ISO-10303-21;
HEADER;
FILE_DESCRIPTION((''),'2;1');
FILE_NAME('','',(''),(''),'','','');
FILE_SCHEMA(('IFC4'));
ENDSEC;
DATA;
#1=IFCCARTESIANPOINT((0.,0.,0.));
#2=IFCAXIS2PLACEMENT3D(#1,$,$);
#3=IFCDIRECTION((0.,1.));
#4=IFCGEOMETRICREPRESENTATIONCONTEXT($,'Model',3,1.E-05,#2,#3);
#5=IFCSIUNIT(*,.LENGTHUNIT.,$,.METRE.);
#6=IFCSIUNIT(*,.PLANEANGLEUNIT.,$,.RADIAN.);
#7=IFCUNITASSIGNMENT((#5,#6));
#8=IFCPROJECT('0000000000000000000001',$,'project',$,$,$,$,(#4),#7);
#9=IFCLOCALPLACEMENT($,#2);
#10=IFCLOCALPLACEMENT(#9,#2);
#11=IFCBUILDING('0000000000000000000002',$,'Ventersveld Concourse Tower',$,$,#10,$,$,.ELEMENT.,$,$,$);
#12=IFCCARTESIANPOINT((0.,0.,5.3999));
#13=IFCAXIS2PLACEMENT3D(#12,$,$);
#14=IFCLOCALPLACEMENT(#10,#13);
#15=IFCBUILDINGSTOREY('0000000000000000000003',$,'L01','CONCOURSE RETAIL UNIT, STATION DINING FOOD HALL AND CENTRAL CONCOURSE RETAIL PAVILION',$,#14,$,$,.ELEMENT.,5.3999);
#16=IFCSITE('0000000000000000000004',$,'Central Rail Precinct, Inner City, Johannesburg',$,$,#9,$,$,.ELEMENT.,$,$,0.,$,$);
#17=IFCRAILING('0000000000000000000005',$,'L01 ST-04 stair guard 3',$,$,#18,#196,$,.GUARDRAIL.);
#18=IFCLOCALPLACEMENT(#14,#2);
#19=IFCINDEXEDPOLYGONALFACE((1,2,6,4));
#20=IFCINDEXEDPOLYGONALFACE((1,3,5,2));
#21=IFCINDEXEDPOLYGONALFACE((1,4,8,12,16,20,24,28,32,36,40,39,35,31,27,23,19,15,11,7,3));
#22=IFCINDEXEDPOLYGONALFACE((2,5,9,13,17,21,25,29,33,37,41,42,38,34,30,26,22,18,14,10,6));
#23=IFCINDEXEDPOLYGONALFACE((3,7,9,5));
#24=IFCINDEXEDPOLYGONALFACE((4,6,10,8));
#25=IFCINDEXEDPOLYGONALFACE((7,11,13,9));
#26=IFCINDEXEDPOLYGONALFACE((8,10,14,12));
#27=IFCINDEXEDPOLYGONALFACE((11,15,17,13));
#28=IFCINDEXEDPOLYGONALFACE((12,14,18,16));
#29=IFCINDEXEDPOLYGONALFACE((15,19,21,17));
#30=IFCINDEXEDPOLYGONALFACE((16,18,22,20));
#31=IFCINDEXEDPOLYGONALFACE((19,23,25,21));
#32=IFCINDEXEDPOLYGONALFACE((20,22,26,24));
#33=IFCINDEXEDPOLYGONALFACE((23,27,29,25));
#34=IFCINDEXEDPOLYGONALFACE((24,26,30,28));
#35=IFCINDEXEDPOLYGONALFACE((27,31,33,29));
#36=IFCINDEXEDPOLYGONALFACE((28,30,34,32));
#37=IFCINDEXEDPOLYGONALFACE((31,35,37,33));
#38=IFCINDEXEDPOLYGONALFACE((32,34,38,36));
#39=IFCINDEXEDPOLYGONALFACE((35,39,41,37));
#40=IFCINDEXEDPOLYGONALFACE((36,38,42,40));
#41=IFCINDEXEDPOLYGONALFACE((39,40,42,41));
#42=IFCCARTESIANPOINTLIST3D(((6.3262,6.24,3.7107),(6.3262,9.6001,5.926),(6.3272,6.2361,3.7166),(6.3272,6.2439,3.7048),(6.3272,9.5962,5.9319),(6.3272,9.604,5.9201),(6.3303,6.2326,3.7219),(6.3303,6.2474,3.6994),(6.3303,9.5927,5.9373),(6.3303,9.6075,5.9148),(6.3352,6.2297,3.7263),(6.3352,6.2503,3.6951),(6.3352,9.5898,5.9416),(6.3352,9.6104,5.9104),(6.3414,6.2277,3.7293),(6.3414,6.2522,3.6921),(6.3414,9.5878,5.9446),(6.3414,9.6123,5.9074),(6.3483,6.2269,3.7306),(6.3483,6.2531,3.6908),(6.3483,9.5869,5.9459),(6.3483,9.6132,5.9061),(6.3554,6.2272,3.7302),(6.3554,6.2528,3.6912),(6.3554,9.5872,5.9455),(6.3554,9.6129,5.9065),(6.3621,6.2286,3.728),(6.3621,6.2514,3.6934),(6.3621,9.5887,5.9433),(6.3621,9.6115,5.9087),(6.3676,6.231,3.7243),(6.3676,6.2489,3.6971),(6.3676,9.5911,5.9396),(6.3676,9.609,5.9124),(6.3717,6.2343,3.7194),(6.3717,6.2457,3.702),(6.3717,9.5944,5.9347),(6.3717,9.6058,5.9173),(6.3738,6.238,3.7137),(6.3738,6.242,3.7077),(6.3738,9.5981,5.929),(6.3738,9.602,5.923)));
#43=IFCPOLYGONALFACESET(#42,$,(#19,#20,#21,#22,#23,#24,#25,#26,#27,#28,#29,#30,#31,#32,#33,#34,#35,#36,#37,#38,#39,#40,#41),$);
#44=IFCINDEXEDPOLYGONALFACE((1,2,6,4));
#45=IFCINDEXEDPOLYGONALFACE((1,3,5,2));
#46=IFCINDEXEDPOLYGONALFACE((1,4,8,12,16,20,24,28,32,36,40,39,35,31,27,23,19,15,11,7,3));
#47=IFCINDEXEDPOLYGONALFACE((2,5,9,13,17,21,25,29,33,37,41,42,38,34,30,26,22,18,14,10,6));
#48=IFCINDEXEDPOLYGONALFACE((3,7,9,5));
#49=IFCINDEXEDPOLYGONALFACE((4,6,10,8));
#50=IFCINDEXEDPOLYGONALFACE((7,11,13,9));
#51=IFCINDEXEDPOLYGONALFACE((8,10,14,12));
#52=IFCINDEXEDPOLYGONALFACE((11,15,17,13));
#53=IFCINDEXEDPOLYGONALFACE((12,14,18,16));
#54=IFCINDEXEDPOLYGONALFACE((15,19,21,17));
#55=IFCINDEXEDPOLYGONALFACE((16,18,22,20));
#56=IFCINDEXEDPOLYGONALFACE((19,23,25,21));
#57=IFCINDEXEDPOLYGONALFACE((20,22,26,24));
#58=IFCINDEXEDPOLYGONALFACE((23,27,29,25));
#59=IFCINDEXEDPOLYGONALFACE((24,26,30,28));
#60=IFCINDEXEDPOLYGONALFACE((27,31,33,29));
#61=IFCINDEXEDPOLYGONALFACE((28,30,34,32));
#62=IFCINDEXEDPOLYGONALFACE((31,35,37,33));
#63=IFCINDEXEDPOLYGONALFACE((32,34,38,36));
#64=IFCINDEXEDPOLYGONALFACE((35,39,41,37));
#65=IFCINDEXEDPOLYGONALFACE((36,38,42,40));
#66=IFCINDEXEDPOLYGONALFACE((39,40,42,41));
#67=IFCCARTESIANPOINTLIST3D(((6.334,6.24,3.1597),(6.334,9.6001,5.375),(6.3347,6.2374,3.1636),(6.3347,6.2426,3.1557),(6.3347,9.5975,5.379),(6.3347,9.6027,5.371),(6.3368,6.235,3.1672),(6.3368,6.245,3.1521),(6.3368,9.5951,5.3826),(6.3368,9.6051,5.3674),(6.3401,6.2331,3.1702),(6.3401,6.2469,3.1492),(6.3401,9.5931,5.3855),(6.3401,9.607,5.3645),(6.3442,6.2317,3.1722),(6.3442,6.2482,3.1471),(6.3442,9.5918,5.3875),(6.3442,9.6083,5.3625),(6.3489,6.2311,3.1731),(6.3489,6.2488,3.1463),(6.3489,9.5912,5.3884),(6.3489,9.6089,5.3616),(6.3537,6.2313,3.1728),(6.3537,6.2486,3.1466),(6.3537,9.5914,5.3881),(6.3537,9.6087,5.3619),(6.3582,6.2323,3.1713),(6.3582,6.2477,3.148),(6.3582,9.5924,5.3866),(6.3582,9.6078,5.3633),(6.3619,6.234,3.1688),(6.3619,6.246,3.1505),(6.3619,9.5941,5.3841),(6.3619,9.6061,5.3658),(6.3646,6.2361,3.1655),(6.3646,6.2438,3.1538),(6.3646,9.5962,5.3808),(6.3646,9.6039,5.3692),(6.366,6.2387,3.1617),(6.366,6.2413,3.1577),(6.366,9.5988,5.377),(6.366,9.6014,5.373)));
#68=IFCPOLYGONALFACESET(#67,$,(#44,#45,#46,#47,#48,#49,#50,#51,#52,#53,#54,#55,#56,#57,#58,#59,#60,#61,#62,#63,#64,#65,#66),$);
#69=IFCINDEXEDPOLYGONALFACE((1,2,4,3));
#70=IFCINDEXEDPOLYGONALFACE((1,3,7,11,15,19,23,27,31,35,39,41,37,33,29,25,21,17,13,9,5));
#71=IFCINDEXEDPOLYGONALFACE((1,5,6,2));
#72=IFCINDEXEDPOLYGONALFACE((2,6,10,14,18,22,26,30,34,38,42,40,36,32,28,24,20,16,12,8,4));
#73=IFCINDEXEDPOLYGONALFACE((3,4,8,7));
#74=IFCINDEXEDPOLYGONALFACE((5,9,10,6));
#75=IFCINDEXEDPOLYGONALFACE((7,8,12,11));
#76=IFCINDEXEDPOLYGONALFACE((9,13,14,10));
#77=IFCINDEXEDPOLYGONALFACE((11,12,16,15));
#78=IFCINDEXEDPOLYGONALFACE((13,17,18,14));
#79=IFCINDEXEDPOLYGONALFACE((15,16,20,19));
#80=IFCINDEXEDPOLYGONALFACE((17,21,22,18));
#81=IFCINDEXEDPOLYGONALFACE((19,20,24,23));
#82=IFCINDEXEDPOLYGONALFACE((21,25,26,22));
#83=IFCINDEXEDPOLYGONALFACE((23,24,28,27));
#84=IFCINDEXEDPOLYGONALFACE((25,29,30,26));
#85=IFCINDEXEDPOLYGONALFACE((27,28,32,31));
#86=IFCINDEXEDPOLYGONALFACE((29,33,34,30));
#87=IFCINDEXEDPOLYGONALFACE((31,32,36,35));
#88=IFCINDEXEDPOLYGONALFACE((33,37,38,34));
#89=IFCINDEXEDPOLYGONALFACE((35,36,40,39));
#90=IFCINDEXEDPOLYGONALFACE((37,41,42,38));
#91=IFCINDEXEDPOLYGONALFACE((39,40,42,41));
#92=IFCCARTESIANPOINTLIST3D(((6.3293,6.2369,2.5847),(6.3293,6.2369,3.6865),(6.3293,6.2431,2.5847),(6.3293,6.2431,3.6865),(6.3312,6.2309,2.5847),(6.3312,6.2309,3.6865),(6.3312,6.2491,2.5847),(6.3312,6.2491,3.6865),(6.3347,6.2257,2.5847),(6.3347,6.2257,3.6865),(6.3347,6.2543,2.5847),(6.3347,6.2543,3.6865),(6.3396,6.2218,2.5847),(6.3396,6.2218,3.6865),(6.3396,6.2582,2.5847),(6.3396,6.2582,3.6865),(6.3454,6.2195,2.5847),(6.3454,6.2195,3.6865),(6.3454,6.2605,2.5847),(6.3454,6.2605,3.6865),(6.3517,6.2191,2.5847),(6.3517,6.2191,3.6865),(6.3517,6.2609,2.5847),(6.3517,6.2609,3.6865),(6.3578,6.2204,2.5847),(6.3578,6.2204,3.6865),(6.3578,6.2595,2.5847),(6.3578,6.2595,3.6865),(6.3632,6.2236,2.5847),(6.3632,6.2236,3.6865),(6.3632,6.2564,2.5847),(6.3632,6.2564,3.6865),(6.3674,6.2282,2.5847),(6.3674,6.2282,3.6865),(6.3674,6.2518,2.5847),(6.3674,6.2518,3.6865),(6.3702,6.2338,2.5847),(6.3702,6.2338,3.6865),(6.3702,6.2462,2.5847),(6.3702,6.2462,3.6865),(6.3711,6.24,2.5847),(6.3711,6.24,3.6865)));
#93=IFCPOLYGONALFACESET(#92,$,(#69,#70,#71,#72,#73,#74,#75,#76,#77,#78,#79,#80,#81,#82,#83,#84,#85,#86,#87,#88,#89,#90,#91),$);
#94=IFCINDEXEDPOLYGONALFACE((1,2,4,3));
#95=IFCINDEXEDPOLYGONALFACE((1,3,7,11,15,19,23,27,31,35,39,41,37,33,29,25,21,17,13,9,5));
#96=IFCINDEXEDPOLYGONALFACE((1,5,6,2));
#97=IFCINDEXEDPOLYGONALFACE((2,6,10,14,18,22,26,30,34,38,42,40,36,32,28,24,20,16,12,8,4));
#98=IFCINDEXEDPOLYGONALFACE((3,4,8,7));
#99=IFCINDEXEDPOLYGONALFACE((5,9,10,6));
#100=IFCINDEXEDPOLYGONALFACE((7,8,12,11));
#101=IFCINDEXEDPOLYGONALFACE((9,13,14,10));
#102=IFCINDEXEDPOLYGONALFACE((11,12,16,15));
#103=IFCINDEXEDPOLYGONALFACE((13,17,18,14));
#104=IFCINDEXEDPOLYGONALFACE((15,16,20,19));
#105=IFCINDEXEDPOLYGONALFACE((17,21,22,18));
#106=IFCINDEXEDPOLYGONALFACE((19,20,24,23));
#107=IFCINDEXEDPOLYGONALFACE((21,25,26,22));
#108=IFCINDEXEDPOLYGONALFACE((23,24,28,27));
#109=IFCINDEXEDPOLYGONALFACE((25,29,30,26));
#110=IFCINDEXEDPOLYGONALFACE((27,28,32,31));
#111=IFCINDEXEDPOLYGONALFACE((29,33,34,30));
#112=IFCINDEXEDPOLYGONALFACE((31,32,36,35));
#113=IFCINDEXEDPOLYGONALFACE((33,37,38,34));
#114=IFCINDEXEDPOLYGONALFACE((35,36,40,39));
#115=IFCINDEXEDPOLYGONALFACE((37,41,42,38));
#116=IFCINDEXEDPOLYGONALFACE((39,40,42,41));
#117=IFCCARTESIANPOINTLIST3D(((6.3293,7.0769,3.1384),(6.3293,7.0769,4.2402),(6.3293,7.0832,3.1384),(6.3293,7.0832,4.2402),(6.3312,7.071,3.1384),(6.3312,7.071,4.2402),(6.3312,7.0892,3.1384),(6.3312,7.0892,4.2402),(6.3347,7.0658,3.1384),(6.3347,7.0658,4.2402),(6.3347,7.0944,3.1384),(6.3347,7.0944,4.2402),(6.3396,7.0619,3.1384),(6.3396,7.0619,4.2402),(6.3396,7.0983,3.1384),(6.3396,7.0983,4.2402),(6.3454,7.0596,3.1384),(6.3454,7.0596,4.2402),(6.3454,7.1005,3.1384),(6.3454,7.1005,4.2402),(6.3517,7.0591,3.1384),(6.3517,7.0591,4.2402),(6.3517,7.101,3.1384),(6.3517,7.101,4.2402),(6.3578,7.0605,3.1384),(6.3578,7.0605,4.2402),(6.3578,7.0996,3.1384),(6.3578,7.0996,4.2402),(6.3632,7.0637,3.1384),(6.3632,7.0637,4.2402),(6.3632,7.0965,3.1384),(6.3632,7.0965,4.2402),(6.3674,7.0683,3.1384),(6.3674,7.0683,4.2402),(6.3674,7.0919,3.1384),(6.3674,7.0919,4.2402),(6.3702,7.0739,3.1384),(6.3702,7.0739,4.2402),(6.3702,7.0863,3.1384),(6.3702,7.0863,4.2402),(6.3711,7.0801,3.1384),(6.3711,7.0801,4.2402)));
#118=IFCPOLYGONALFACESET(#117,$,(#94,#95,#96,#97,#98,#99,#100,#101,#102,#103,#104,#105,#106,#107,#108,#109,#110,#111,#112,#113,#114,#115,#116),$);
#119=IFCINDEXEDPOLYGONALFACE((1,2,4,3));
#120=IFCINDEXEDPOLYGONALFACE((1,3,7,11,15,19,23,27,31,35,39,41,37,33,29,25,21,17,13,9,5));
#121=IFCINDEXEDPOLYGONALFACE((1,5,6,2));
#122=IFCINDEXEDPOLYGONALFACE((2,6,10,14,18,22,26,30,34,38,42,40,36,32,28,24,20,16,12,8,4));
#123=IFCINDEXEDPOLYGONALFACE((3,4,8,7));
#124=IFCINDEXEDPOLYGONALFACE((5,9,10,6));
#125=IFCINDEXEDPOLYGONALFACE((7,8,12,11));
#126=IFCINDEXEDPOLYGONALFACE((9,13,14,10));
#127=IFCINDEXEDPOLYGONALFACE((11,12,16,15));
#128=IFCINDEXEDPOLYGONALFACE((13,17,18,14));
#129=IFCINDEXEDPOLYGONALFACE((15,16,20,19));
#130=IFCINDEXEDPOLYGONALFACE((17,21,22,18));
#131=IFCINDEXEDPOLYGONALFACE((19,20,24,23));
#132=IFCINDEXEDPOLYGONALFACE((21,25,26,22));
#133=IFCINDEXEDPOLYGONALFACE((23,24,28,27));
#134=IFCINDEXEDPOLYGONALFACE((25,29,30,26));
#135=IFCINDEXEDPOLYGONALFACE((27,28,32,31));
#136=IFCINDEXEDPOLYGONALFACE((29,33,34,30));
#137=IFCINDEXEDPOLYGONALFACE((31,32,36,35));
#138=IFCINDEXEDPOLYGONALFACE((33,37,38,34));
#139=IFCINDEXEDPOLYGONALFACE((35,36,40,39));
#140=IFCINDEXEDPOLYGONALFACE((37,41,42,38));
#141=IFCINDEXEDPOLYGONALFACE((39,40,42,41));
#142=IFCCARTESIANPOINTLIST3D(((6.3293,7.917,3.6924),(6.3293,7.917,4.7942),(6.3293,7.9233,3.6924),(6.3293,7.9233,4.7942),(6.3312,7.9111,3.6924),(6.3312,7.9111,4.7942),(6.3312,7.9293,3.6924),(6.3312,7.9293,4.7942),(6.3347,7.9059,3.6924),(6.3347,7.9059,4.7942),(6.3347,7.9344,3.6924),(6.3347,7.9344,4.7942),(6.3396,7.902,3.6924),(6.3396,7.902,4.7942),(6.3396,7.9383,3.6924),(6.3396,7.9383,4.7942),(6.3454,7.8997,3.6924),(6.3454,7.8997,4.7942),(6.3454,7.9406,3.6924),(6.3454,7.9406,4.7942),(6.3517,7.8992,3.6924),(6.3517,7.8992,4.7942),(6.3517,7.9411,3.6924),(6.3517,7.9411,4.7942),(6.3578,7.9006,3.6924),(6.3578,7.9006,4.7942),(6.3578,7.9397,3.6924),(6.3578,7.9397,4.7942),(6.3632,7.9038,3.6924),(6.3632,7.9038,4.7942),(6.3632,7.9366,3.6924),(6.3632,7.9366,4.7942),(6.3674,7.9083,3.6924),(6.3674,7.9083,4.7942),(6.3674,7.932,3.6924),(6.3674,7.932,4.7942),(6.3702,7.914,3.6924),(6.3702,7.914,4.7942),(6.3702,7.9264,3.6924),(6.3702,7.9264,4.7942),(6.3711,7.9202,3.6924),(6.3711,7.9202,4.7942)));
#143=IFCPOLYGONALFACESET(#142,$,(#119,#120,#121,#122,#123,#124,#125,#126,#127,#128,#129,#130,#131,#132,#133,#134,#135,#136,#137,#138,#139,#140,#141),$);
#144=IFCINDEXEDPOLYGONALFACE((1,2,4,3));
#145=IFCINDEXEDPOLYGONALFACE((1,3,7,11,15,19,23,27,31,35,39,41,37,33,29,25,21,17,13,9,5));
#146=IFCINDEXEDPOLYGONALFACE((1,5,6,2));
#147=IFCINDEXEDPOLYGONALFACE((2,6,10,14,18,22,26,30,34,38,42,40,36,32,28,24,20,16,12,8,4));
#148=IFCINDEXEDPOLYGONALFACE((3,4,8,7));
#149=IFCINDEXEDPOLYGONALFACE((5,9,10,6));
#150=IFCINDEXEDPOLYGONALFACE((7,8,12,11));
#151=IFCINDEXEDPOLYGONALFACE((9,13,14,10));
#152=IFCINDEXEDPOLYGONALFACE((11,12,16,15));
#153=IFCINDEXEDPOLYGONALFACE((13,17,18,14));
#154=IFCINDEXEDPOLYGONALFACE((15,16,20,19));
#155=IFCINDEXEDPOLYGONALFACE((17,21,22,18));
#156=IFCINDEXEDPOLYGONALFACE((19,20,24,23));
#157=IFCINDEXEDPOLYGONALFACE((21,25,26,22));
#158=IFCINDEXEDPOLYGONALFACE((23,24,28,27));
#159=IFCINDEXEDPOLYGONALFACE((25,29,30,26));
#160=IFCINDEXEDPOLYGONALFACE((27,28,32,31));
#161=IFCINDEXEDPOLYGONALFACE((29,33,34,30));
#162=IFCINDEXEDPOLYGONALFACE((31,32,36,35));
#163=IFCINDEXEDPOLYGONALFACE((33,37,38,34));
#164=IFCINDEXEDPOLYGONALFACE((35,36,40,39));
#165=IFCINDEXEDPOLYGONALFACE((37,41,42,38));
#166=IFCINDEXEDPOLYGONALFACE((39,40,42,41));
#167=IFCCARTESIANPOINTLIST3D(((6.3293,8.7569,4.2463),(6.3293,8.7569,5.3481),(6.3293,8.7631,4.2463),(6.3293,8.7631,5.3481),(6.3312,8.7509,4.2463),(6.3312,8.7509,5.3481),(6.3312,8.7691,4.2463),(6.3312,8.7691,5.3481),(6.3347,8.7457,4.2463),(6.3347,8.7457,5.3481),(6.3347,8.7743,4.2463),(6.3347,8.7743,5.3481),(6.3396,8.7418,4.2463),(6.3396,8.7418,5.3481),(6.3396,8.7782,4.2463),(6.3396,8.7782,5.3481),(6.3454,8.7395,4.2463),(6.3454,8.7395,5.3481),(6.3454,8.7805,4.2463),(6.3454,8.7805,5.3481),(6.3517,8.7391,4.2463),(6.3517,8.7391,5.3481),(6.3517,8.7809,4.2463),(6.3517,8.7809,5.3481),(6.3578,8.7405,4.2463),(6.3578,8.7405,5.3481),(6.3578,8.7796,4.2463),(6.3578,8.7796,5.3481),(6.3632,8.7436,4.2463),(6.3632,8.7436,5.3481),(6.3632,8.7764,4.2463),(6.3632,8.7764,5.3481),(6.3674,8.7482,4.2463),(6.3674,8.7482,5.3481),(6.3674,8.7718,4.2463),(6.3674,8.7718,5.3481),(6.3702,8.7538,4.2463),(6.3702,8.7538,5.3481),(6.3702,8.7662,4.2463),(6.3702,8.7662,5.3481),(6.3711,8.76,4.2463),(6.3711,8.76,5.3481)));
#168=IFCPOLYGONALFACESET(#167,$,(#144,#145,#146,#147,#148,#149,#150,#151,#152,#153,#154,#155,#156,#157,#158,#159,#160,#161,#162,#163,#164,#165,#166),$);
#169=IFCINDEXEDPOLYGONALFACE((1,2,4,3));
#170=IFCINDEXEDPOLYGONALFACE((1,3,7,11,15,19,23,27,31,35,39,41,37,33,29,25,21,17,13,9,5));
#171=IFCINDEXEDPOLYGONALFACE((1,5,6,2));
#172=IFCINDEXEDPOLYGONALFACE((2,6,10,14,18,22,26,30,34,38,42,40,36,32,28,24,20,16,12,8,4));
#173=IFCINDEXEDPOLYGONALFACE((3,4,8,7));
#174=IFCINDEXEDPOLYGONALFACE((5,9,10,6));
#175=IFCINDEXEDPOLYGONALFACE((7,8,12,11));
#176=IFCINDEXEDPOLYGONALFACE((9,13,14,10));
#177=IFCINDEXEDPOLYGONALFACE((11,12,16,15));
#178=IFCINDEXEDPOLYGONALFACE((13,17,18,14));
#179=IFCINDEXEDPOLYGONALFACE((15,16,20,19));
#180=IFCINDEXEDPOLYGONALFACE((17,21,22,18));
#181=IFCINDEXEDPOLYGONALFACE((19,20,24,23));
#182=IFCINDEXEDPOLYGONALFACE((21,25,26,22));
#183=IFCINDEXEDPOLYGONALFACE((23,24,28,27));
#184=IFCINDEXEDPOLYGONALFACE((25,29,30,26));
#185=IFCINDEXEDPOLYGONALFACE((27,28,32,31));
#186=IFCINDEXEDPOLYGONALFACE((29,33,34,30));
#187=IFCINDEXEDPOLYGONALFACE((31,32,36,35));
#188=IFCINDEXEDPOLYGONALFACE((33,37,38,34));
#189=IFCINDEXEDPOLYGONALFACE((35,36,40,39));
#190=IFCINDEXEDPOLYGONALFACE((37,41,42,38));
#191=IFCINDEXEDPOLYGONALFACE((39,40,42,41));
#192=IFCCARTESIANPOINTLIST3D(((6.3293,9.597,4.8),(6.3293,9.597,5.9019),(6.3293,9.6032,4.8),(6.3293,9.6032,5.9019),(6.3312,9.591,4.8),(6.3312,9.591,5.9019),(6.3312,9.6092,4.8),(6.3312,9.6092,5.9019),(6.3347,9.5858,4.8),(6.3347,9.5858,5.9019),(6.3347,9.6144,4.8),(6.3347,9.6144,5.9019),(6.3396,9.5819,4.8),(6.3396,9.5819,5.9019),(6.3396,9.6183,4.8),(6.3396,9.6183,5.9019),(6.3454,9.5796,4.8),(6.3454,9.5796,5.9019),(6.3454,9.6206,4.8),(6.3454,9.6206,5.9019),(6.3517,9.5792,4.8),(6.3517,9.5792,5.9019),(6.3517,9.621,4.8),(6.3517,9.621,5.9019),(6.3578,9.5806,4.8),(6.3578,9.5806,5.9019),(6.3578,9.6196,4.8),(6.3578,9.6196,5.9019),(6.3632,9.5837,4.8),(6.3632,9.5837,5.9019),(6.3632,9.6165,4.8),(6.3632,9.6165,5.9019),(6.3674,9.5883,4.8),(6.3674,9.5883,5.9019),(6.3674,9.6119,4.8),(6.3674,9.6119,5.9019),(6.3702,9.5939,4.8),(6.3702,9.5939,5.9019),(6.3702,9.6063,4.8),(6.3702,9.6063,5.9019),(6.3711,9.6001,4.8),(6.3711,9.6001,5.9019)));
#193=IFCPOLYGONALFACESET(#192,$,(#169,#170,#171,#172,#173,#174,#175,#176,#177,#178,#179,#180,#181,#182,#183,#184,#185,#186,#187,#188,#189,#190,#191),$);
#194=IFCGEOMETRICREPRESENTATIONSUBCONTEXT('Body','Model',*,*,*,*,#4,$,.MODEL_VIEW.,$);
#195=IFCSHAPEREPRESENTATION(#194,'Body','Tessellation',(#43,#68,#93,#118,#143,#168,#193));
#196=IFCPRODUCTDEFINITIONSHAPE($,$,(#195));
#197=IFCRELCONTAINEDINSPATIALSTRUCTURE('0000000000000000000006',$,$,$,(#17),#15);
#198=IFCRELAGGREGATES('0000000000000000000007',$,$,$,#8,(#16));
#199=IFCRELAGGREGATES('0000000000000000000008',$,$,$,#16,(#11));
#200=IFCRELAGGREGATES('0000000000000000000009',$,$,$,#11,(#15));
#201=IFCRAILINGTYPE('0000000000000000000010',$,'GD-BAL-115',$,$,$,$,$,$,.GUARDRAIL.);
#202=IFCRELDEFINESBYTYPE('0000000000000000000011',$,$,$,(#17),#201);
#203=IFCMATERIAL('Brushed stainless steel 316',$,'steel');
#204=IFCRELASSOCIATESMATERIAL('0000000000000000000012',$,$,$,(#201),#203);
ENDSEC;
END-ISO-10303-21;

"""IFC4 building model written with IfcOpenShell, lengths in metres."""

from ifc_helpers import new_model, si_unit, direction, frame, origin, origin_2d, place, context, subcontext, project, spatial, circle, extrude, material, type_object, element, save


model = new_model("IFC4")

# Units and contexts
model_context = context("Model", 3, precision=1e-05, world=origin(), true_north=direction((0.0, 1.0)))
body_context = subcontext(model_context, "Body", "Model", "MODEL_VIEW")
ifc_project = project(units=[si_unit("LENGTHUNIT", "METRE"), si_unit("PLANEANGLEUNIT", "RADIAN")], contexts=[model_context])

# Site, building, storey
site_placement = place(None, origin())
site = spatial("IfcSite", under=ifc_project, at=site_placement, Name="Central Rail Precinct, Inner City, Johannesburg", CompositionType="ELEMENT", RefElevation=0.0)
building_placement = place(site_placement, origin())
building = spatial("IfcBuilding", under=site, at=building_placement, Name="Ventersveld Concourse Tower", CompositionType="ELEMENT")
storey_placement = place(building_placement, frame((0.0, 0.0, 5.3999)))
storey = spatial("IfcBuildingStorey", under=building, at=storey_placement, Name="L01", Description="CONCOURSE RETAIL UNIT, STATION DINING FOOD HALL AND CENTRAL CONCOURSE RETAIL PAVILION", CompositionType="ELEMENT", Elevation=5.3999)

# Shared definitions
ifc_material_1 = material(Name="Brushed stainless steel 316", Category="steel")

# Railing
railing_type_1 = type_object("IfcRailingType", Name="GD-BAL-115", PredefinedType="GUARDRAIL", material=ifc_material_1)
railing_1_placement = place(storey_placement, frame((6.3501, 6.24, 2.5847)))
element("IfcRailing", 1, at=railing_1_placement, inside=storey, type_object=railing_type_1, Name="L01 ST-04 stair guard 3", PredefinedType="GUARDRAIL", context=body_context, shape_type="SweptSolid", body=[
    extrude(circle(Radius=0.0239, at=origin_2d()), frame((0.0, 0.0, 1.126), z_axis=(0.0, 0.834876, 0.550437), x_axis=(-1.0, 0.0, 0.0)), (0.0, 0.0, 1.0), 4.0247),
    extrude(circle(Radius=0.0161, at=origin_2d()), frame((0.0, 0.0, 0.575), z_axis=(0.0, 0.834876, 0.550437), x_axis=(-1.0, 0.0, 0.0)), (0.0, 0.0, 1.0), 4.0247),
    extrude(circle(Radius=0.021, at=origin_2d()), origin(), (0.0, 0.0, 1.0), 1.1018),
    extrude(circle(Radius=0.021, at=origin_2d()), frame((0.0, 0.8401, 0.5537)), (0.0, 0.0, 1.0), 1.1018),
    extrude(circle(Radius=0.021, at=origin_2d()), frame((0.0, 1.6802, 1.1077)), (0.0, 0.0, 1.0), 1.1018),
    extrude(circle(Radius=0.021, at=origin_2d()), frame((0.0, 2.52, 1.6616)), (0.0, 0.0, 1.0), 1.1018),
    extrude(circle(Radius=0.021, at=origin_2d()), frame((0.0, 3.3601, 2.2153)), (0.0, 0.0, 1.0), 1.1018),
])

save(model, "model.ifc")
